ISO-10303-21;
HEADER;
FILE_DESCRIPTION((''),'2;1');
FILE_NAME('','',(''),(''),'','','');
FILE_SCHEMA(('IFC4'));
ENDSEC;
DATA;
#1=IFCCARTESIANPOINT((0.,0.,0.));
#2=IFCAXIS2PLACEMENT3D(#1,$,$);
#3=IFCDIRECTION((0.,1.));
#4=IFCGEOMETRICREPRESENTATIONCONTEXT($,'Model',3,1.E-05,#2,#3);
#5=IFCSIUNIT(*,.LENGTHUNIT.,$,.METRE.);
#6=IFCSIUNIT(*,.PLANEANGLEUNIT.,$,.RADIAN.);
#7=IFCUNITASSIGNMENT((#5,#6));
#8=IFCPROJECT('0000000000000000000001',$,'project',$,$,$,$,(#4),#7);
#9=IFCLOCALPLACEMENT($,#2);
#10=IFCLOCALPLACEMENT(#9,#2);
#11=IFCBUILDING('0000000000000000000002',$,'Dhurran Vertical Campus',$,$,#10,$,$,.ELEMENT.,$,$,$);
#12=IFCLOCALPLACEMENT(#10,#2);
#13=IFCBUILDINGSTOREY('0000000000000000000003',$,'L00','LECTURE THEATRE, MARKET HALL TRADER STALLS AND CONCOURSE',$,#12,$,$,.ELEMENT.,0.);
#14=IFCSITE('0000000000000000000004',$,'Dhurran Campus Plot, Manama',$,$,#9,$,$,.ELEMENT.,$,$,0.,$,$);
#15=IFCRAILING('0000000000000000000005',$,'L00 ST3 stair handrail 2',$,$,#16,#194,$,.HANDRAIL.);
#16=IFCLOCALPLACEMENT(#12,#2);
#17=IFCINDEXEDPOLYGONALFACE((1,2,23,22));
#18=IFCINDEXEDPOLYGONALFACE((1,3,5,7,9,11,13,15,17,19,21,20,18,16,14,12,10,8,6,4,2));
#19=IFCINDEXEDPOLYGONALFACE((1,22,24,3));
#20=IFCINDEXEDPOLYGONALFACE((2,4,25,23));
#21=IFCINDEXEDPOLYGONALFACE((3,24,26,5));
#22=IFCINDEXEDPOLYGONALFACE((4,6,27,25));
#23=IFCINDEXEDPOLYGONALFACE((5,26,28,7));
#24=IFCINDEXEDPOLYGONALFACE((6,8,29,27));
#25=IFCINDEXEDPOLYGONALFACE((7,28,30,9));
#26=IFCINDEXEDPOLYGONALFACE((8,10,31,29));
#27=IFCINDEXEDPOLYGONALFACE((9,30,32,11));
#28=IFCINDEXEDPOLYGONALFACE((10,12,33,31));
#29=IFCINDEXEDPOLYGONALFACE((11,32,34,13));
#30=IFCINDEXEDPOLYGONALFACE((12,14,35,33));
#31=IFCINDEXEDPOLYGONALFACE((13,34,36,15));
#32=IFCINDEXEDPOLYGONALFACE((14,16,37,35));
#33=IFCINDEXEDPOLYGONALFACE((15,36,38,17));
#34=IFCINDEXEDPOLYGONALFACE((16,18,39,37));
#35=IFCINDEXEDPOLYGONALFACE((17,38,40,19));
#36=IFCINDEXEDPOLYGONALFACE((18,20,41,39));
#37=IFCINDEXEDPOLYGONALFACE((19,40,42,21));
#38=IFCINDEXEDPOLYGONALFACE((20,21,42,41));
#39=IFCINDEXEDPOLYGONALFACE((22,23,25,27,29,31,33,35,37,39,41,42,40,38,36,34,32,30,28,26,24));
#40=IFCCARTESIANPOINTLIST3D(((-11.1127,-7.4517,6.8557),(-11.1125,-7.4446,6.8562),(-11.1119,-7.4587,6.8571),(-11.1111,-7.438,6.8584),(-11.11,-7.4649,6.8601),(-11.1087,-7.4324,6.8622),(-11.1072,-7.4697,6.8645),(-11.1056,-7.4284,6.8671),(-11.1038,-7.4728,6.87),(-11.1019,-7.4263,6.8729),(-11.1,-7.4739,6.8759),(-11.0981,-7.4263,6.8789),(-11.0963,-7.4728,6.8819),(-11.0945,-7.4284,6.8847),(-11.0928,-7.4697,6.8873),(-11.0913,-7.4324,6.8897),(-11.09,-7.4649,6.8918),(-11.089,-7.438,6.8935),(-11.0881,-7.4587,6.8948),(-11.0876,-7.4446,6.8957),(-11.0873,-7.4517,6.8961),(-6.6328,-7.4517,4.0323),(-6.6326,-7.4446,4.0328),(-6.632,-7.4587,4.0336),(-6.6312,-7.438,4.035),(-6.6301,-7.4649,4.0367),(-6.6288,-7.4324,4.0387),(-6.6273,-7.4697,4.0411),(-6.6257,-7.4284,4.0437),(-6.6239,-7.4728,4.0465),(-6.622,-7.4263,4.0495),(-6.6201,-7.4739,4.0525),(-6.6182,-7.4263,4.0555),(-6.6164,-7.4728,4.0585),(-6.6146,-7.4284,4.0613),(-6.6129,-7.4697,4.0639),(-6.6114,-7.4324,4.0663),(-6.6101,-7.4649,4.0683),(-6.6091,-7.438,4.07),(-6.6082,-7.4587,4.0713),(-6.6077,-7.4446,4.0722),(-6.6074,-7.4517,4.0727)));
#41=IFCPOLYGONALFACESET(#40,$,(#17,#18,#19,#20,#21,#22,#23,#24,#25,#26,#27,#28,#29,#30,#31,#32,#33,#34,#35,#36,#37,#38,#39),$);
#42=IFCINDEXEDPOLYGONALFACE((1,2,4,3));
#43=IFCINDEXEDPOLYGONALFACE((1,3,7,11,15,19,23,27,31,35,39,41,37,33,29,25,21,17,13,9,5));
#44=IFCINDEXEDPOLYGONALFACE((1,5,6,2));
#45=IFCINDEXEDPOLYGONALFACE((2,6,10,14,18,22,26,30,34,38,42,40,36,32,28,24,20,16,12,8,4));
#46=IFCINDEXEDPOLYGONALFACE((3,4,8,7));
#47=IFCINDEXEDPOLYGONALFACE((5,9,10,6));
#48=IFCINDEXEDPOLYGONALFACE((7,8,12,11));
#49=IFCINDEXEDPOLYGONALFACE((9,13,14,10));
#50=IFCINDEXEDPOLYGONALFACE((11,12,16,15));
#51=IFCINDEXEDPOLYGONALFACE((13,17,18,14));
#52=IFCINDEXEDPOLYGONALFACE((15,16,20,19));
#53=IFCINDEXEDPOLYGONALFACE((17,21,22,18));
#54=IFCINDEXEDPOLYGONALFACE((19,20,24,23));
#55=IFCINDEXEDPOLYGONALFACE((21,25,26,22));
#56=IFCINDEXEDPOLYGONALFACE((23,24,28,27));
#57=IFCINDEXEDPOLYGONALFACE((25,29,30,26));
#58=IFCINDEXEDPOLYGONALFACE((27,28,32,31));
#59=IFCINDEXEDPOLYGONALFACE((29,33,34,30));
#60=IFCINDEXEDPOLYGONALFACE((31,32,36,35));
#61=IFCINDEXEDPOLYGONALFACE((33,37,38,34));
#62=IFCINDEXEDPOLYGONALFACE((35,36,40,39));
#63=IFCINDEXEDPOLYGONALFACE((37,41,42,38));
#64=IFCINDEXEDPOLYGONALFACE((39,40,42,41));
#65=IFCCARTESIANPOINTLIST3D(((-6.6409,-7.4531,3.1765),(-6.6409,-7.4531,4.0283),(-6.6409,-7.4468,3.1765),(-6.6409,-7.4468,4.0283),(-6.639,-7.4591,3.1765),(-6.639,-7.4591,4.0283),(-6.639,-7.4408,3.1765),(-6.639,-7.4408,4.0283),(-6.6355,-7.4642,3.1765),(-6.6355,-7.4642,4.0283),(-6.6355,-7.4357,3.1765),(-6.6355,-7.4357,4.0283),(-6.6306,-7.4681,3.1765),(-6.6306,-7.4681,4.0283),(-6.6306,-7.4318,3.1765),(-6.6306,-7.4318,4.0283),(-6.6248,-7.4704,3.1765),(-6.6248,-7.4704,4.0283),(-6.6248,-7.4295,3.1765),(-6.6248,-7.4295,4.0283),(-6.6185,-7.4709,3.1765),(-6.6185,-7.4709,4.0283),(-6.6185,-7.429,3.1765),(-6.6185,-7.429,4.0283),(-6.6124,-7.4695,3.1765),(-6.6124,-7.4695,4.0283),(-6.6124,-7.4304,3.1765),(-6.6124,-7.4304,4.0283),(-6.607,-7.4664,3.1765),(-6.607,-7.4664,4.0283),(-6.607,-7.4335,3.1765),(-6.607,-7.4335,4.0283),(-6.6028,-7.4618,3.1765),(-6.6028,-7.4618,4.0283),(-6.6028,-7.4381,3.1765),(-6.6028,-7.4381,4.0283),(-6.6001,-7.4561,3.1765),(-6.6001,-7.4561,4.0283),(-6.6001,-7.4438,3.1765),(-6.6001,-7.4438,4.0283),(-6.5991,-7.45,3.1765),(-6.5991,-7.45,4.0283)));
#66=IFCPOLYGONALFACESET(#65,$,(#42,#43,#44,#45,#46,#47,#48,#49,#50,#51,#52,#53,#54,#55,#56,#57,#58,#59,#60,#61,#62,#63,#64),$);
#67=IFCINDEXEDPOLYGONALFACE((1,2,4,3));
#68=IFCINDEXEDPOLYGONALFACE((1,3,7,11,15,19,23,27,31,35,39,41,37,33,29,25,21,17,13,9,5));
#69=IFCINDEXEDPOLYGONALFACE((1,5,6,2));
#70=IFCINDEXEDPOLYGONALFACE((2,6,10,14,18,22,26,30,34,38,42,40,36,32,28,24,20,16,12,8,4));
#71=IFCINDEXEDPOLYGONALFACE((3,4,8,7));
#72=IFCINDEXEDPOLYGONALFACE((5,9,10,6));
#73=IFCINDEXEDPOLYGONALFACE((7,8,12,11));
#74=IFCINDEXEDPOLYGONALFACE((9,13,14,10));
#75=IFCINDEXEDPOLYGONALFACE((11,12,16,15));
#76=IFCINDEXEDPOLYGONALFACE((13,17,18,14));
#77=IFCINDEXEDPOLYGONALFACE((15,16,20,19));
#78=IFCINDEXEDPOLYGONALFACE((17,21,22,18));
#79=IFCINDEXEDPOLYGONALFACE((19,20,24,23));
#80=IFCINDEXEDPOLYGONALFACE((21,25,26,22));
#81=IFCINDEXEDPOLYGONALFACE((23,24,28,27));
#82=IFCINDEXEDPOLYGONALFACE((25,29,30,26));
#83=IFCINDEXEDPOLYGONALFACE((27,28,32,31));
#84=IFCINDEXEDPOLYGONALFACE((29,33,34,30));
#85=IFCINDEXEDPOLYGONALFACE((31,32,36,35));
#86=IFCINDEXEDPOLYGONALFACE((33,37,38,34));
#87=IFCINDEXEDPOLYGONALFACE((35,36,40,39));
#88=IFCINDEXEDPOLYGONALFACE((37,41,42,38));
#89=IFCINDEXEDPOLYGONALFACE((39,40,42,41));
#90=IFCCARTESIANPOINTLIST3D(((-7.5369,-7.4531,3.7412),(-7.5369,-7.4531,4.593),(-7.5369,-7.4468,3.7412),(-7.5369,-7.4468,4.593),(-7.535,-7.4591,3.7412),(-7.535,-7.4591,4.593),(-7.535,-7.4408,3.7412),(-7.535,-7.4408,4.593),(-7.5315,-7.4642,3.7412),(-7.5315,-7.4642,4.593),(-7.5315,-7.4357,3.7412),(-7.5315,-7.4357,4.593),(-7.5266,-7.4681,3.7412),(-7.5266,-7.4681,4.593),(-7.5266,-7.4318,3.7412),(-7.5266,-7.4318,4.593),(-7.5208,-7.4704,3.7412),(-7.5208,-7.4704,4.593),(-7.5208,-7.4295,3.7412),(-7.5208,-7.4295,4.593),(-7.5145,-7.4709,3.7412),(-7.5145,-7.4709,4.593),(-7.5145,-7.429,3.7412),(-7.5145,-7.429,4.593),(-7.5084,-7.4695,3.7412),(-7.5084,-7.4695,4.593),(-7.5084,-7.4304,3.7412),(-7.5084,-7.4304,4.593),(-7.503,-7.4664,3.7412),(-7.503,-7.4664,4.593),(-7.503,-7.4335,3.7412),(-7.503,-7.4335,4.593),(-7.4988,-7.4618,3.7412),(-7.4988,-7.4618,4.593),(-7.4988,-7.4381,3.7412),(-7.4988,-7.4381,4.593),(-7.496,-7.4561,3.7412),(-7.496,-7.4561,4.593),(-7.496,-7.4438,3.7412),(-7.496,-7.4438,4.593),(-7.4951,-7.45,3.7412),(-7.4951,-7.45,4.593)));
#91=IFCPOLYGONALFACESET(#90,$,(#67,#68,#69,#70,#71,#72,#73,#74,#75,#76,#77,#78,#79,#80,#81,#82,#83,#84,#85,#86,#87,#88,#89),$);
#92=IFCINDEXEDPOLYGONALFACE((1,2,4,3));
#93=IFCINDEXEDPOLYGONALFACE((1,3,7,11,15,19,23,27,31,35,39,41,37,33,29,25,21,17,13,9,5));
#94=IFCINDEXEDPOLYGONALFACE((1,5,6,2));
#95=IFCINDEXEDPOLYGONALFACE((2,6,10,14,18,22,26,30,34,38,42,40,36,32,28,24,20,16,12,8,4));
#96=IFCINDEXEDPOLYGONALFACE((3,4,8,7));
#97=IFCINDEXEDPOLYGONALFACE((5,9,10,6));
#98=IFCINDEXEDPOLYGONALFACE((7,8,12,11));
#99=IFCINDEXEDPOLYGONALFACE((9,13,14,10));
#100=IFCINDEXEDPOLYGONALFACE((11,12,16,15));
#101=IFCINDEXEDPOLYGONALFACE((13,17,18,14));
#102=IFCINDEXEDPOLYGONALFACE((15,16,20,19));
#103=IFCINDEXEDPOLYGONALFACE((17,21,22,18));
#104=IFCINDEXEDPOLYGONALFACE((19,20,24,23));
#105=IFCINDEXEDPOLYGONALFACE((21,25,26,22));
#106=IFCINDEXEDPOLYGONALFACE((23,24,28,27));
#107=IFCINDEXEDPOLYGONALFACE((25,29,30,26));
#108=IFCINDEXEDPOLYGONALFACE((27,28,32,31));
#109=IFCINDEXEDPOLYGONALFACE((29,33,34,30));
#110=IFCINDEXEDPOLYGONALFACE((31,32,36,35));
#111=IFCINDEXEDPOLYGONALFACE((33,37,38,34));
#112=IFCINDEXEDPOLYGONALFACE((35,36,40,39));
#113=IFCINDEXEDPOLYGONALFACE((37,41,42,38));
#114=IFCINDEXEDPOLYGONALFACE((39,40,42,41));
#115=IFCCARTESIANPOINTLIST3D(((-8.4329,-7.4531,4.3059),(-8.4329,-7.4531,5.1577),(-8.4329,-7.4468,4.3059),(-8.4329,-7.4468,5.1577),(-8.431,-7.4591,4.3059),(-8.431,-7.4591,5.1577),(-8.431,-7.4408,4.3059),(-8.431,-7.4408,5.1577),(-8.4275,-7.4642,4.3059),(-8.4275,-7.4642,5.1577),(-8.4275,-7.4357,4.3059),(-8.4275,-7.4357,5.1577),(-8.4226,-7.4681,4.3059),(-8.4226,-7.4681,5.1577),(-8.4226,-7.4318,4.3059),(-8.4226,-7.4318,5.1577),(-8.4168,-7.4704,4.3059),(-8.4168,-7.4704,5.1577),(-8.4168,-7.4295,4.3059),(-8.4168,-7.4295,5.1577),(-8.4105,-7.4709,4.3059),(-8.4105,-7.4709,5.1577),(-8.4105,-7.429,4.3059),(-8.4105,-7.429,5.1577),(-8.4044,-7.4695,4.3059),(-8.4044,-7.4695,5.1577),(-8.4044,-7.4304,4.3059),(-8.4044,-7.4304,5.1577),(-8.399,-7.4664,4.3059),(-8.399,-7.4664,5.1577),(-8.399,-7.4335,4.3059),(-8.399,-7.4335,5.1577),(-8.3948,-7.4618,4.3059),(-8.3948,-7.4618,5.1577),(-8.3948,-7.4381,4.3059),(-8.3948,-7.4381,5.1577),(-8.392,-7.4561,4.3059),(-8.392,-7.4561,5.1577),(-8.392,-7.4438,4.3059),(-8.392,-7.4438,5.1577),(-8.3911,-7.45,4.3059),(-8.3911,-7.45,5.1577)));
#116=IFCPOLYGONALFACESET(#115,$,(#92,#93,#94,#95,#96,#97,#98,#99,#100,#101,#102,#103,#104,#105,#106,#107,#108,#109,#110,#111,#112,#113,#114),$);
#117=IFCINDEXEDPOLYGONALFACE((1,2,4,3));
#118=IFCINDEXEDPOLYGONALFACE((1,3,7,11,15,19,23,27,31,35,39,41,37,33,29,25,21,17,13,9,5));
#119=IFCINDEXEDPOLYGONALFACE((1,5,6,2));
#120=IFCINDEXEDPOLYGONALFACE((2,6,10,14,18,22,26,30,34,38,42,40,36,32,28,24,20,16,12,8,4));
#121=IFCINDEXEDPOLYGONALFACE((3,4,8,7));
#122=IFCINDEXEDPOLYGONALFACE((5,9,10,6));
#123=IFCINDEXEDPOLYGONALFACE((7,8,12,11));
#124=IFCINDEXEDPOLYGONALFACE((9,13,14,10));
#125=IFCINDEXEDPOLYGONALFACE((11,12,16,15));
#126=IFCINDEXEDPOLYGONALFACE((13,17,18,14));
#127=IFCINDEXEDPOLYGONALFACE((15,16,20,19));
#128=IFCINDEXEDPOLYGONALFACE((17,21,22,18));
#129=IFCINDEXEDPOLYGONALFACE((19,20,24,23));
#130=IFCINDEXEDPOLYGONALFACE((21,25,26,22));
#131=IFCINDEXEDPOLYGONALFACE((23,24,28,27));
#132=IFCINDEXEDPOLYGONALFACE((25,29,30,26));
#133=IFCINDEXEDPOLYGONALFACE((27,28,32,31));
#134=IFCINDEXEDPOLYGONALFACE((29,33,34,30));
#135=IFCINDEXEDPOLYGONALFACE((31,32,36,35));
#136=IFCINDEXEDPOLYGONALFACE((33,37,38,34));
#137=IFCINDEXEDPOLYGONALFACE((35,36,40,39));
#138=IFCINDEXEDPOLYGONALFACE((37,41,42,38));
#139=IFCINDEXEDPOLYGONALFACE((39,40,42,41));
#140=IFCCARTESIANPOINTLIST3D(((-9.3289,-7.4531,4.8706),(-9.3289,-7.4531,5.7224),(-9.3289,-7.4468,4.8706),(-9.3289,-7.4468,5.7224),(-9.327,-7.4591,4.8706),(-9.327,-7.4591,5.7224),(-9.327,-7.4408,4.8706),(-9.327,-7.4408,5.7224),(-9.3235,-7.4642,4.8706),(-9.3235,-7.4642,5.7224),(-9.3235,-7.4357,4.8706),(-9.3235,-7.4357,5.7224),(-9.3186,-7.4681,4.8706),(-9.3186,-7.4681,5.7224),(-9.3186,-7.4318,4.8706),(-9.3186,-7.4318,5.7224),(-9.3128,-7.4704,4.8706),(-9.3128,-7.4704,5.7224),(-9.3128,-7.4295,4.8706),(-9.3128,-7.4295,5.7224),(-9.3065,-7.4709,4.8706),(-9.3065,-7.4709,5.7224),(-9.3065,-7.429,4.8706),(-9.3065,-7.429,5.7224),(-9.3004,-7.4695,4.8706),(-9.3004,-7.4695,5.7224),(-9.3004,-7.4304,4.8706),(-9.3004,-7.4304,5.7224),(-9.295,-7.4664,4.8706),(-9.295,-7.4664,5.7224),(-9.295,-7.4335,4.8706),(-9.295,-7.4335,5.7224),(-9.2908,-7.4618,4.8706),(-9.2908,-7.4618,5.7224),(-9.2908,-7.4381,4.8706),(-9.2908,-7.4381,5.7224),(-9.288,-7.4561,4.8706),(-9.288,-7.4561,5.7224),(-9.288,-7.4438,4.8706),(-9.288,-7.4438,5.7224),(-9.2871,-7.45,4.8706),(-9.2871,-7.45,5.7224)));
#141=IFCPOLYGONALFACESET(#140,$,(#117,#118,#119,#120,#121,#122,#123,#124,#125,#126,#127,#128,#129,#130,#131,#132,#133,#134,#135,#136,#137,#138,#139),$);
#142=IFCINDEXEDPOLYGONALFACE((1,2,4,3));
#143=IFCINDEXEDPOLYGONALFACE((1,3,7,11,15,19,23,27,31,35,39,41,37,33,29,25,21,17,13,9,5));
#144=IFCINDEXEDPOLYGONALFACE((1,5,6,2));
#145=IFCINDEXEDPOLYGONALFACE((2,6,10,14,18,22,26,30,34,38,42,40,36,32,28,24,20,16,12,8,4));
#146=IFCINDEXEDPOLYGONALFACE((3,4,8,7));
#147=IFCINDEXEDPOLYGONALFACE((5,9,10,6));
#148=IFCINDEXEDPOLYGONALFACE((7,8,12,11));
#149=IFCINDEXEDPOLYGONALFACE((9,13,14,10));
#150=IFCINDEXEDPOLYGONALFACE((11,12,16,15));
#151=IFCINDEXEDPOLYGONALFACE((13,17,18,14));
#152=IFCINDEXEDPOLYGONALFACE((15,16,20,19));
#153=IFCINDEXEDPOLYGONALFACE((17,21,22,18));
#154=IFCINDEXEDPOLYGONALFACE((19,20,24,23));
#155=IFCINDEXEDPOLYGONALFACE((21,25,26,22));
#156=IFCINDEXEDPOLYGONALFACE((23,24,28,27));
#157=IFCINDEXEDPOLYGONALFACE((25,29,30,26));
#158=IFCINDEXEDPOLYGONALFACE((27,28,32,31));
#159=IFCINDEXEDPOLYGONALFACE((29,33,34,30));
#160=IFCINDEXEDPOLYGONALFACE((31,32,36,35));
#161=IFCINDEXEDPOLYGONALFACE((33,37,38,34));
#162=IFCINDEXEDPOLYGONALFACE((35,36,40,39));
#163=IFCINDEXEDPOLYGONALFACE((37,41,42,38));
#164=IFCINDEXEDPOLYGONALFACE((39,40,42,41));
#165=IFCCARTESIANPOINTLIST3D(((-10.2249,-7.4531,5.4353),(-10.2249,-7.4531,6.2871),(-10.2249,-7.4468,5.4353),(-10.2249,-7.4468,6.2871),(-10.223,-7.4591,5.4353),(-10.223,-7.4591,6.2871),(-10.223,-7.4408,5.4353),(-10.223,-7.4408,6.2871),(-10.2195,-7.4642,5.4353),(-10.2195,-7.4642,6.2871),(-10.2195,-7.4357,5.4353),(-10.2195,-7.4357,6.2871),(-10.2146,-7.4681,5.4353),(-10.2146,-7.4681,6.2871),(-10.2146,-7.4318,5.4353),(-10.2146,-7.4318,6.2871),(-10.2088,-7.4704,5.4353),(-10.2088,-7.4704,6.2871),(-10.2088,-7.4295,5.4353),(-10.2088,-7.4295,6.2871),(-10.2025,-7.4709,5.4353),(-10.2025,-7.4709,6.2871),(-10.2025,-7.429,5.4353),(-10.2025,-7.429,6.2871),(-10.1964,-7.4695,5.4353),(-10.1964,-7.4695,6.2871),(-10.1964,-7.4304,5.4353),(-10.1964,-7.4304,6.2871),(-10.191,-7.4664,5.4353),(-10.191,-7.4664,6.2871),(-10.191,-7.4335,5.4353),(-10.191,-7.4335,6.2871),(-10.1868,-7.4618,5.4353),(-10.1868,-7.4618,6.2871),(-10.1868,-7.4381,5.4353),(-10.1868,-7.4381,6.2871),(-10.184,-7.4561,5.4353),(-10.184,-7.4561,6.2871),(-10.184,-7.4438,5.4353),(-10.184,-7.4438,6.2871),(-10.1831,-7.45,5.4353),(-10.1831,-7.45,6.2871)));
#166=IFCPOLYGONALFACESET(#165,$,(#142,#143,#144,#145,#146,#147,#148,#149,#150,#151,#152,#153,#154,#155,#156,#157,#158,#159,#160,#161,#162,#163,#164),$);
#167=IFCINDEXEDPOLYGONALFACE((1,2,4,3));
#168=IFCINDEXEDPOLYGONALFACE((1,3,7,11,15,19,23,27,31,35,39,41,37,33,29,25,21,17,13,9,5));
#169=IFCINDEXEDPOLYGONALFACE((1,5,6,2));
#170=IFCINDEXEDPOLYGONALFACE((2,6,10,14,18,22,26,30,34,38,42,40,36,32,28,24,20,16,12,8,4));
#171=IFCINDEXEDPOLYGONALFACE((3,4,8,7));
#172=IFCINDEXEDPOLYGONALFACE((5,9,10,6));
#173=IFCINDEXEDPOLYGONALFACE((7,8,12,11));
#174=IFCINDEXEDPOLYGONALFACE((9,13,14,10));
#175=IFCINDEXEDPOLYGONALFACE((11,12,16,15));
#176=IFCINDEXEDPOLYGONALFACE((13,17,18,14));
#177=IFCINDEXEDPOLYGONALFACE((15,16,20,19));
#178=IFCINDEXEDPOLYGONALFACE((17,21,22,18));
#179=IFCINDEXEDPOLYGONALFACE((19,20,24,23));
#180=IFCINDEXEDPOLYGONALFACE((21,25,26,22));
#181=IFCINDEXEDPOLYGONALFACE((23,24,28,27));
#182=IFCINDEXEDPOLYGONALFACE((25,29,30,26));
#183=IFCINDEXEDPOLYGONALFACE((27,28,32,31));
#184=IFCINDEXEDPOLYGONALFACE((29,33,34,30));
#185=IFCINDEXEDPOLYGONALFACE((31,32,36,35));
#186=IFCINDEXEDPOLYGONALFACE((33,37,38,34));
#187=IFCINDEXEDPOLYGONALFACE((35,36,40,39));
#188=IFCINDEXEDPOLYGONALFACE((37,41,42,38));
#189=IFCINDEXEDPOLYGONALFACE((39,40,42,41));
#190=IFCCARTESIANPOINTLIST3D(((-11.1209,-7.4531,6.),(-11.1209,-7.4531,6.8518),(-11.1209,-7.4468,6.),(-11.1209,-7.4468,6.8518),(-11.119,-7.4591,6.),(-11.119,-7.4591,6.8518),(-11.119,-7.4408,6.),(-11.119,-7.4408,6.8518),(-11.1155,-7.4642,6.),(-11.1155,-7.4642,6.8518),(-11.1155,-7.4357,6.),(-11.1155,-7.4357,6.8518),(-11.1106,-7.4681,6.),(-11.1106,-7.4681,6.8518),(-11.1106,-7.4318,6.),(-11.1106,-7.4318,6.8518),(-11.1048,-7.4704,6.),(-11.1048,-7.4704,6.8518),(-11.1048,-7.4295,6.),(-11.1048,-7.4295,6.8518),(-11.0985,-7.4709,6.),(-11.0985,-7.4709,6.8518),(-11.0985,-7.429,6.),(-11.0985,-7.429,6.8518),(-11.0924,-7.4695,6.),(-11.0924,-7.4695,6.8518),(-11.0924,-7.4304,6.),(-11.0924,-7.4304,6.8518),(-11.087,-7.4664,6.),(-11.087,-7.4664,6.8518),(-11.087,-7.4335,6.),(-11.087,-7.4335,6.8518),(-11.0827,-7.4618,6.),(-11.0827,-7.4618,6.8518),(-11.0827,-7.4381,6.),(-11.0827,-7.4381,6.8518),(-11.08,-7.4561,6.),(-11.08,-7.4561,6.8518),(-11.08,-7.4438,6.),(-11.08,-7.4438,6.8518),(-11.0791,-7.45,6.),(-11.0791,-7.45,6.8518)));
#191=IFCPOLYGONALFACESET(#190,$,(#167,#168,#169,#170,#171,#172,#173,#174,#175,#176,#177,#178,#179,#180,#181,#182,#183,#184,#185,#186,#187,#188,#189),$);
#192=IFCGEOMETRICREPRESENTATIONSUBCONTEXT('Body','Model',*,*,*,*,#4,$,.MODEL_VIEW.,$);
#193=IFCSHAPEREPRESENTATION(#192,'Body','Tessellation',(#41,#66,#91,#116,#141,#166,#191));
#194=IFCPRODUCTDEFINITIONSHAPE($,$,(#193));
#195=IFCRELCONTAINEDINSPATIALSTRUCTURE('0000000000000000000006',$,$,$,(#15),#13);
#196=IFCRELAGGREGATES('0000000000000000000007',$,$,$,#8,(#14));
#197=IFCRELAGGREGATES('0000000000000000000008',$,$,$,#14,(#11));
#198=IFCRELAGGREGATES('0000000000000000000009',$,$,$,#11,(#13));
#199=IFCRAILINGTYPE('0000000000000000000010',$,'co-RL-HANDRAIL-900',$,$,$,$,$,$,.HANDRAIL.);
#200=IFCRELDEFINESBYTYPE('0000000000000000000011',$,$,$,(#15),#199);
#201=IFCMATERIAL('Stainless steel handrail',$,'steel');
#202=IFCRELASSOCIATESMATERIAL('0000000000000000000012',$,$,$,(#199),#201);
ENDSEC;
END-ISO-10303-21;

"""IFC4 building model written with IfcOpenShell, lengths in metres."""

from ifc_helpers import new_model, si_unit, direction, frame, origin, origin_2d, place, context, subcontext, project, spatial, circle, extrude, material, type_object, element, save


model = new_model("IFC4")

# Units and contexts
model_context = context("Model", 3, precision=1e-05, world=origin(), true_north=direction((0.0, 1.0)))
body_context = subcontext(model_context, "Body", "Model", "MODEL_VIEW")
ifc_project = project(units=[si_unit("LENGTHUNIT", "METRE"), si_unit("PLANEANGLEUNIT", "RADIAN")], contexts=[model_context])

# Site, building, storey
site_placement = place(None, origin())
site = spatial("IfcSite", under=ifc_project, at=site_placement, Name="Dhurran Campus Plot, Manama", CompositionType="ELEMENT", RefElevation=0.0)
building_placement = place(site_placement, origin())
building = spatial("IfcBuilding", under=site, at=building_placement, Name="Dhurran Vertical Campus", CompositionType="ELEMENT")
storey_placement = place(building_placement, origin())
storey = spatial("IfcBuildingStorey", under=building, at=storey_placement, Name="L00", Description="LECTURE THEATRE, MARKET HALL TRADER STALLS AND CONCOURSE", CompositionType="ELEMENT", Elevation=0.0)

# Railing
ifc_material_1 = material(Name="Stainless steel handrail", Category="steel")
railing_type_1 = type_object("IfcRailingType", Name="co-RL-HANDRAIL-900", PredefinedType="HANDRAIL", material=ifc_material_1)
railing_1_placement = place(storey_placement, frame((-6.6201, -7.45, 3.1765)))
element("IfcRailing", 1, at=railing_1_placement, inside=storey, type_object=railing_type_1, Name="L00 ST3 stair handrail 2", PredefinedType="HANDRAIL", context=body_context, shape_type="SweptSolid", body=[
    extrude(circle(Radius=0.0239, at=origin_2d()), frame((0.0, 0.0, 0.876), z_axis=(-0.845998, 0.0, 0.533186), x_axis=(0.0, -1.0, 0.0)), (0.0, 0.0, 1.0), 5.2954),
    extrude(circle(Radius=0.021, at=origin_2d()), origin(), (0.0, 0.0, 1.0), 0.8518),
    extrude(circle(Radius=0.021, at=origin_2d()), frame((-0.896, 0.0, 0.5647)), (0.0, 0.0, 1.0), 0.8518),
    extrude(circle(Radius=0.021, at=origin_2d()), frame((-1.792, 0.0, 1.1294)), (0.0, 0.0, 1.0), 0.8518),
    extrude(circle(Radius=0.021, at=origin_2d()), frame((-2.688, 0.0, 1.6941)), (0.0, 0.0, 1.0), 0.8518),
    extrude(circle(Radius=0.021, at=origin_2d()), frame((-3.584, 0.0, 2.2588)), (0.0, 0.0, 1.0), 0.8518),
    extrude(circle(Radius=0.021, at=origin_2d()), frame((-4.48, 0.0, 2.8235)), (0.0, 0.0, 1.0), 0.8518),
])

save(model, "model.ifc")
